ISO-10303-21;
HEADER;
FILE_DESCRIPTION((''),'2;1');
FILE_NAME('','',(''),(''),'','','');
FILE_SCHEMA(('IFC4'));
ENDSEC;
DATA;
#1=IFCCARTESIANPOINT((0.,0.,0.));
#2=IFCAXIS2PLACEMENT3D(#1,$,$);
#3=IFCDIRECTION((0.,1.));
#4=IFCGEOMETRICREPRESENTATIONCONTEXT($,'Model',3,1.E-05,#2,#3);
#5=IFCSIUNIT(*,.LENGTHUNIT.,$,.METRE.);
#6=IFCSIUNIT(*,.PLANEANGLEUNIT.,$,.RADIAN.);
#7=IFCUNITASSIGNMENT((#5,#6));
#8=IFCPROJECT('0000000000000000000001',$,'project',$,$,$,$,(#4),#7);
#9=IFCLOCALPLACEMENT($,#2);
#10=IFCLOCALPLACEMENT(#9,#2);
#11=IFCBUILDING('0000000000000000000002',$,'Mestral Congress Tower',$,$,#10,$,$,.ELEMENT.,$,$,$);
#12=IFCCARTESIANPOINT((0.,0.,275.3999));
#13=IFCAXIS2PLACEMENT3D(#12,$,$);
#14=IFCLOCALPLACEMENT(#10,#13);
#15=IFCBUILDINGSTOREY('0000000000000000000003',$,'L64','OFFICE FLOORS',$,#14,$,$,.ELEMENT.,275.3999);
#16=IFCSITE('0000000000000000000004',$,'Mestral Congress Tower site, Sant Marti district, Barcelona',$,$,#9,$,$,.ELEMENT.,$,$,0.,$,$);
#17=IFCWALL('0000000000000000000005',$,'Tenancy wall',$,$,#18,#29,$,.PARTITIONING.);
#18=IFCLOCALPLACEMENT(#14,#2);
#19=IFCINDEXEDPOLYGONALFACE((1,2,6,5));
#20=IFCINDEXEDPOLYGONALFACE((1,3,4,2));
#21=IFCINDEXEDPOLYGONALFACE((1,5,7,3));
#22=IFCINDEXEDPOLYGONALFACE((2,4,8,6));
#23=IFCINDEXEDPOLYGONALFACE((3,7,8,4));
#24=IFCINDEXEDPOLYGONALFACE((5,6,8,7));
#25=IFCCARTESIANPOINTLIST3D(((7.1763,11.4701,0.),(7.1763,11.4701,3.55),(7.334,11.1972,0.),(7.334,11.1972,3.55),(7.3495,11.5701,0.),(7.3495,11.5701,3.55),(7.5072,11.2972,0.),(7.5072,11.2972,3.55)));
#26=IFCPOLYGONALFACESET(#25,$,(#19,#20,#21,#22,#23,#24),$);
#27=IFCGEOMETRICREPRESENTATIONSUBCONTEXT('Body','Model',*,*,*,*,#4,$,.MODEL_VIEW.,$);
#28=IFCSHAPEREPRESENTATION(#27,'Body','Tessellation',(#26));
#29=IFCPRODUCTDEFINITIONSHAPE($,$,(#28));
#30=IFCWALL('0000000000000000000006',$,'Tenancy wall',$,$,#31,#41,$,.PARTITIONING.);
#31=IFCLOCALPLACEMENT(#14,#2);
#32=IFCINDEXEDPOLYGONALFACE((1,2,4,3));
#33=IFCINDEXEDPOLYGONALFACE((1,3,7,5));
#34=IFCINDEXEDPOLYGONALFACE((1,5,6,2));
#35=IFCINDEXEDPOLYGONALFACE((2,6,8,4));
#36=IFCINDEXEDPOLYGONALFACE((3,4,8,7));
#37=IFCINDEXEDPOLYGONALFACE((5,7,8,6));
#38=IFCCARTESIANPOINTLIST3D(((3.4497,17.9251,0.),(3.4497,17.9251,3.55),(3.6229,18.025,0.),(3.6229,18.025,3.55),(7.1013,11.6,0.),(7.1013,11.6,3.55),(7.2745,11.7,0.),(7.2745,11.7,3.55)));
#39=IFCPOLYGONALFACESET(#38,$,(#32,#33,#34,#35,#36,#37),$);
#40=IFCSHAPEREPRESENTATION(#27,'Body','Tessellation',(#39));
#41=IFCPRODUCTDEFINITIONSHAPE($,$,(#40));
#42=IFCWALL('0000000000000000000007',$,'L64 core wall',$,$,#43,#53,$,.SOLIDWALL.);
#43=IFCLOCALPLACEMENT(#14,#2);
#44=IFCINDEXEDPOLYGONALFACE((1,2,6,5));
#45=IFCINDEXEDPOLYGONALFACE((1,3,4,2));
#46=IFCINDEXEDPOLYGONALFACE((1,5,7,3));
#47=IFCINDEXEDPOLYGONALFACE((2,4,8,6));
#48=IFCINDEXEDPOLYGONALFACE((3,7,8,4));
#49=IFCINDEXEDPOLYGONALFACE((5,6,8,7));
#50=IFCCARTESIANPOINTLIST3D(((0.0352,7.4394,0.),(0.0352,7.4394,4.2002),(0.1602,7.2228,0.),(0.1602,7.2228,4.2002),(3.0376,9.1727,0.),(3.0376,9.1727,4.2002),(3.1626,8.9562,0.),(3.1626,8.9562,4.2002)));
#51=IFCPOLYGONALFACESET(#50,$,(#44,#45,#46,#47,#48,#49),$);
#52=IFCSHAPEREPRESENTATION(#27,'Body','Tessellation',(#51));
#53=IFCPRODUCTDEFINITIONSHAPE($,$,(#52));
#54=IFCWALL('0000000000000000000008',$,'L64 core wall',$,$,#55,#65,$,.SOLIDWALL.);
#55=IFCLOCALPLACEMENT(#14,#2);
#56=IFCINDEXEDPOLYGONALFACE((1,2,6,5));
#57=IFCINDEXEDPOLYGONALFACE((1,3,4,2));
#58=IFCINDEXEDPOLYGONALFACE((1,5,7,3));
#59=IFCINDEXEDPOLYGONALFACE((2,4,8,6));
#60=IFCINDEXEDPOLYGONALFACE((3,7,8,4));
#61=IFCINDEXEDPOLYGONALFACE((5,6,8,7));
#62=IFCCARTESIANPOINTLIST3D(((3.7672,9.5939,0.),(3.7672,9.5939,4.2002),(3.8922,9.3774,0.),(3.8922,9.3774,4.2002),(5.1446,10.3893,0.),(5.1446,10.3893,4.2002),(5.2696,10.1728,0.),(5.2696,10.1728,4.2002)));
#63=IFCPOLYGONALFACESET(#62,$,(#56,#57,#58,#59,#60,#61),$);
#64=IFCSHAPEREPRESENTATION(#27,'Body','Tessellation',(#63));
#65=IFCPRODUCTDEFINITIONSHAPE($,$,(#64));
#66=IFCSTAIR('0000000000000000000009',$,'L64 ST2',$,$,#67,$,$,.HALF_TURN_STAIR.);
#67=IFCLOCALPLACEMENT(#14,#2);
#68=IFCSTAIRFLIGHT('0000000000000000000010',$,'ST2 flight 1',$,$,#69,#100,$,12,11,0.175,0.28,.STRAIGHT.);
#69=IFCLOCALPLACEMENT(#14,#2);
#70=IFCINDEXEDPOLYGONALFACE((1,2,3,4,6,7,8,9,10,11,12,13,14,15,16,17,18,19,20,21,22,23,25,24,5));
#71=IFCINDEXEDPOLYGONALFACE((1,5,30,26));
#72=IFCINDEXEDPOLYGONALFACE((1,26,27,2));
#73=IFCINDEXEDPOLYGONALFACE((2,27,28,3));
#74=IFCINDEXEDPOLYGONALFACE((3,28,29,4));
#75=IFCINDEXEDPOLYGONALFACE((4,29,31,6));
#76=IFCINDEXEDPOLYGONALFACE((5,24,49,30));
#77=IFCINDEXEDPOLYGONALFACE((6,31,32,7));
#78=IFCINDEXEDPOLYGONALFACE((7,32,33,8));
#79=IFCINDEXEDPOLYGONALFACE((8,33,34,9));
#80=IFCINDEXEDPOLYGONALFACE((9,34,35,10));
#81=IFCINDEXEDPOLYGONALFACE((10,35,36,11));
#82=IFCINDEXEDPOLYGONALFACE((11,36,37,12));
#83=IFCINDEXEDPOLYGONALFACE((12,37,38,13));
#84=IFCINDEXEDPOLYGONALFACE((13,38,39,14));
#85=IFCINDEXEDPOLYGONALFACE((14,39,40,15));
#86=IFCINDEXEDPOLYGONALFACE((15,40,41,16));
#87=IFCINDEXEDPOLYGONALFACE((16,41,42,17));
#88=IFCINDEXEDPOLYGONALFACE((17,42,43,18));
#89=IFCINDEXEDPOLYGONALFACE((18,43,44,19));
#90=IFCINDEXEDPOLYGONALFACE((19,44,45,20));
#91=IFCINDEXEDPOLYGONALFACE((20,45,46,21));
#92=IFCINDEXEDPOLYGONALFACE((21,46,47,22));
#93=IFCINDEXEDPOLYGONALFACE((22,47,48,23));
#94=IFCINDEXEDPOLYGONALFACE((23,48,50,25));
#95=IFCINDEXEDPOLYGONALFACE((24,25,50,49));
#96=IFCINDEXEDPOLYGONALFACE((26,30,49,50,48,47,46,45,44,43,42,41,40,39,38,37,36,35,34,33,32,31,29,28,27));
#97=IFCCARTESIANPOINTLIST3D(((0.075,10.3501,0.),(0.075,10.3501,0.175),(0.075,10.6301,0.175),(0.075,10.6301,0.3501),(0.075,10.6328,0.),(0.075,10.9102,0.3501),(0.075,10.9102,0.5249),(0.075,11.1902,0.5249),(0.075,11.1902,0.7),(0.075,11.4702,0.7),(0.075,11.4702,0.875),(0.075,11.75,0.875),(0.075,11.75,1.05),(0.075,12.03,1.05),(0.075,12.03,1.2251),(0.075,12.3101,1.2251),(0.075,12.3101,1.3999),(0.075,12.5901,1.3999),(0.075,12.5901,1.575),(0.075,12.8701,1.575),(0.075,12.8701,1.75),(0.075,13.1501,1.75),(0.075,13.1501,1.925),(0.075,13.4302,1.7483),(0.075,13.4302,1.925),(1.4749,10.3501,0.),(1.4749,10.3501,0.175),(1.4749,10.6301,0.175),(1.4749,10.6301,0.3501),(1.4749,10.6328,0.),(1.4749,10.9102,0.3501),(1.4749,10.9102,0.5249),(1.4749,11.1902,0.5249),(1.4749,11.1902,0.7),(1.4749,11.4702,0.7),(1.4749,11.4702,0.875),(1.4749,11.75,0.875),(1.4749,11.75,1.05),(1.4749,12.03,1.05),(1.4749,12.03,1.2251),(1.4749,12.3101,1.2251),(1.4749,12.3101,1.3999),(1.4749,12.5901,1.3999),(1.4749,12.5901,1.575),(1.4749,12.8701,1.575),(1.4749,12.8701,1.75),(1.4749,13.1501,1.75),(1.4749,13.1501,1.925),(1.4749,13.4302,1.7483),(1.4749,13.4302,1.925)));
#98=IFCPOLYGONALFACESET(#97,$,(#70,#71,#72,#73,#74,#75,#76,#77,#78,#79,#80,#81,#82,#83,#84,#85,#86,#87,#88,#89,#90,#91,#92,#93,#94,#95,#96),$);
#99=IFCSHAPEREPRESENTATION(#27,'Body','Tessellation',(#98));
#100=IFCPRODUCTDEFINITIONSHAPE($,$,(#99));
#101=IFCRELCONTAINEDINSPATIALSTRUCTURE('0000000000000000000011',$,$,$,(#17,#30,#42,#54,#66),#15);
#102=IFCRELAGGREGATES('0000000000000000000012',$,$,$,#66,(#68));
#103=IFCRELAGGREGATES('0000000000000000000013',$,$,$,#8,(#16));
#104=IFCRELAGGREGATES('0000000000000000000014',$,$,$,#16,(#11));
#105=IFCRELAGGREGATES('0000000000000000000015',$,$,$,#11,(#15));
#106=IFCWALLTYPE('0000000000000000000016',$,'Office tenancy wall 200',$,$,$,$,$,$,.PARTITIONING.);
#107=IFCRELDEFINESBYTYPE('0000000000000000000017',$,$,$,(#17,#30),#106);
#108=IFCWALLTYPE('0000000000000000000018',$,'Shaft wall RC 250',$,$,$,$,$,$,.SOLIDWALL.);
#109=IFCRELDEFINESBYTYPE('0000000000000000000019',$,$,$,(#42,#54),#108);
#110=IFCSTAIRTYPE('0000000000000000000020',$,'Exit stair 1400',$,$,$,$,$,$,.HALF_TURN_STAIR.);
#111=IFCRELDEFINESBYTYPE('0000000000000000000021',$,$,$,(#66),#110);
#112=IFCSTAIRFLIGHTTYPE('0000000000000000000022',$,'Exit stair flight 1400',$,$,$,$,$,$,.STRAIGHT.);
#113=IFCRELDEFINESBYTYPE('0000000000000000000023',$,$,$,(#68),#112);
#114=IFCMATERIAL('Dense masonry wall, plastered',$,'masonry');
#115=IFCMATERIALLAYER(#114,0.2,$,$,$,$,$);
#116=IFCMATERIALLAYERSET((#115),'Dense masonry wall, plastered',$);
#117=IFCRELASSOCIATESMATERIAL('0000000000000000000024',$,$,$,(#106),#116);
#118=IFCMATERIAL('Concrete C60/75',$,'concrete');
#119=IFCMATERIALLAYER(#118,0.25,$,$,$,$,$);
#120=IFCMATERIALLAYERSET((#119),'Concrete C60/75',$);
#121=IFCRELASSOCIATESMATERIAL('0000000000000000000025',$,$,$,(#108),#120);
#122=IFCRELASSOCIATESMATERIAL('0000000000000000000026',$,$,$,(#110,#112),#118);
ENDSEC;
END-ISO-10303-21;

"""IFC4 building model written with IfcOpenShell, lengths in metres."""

from ifc_helpers import new_model, si_unit, direction, frame, frame_2d, origin, place, context, subcontext, project, spatial, polyline, rectangle, outline, extrude, material, layer, layer_set, type_object, element, aggregate, save


model = new_model("IFC4")

# Units and contexts
model_context = context("Model", 3, precision=1e-05, world=origin(), true_north=direction((0.0, 1.0)))
body_context = subcontext(model_context, "Body", "Model", "MODEL_VIEW")
ifc_project = project(units=[si_unit("LENGTHUNIT", "METRE"), si_unit("PLANEANGLEUNIT", "RADIAN")], contexts=[model_context])

# Site, building, storey
site_placement = place(None, origin())
site = spatial("IfcSite", under=ifc_project, at=site_placement, Name="Mestral Congress Tower site, Sant Marti district, Barcelona", CompositionType="ELEMENT", RefElevation=0.0)
building_placement = place(site_placement, origin())
building = spatial("IfcBuilding", under=site, at=building_placement, Name="Mestral Congress Tower", CompositionType="ELEMENT")
storey_placement = place(building_placement, frame((0.0, 0.0, 275.3999)))
storey = spatial("IfcBuildingStorey", under=building, at=storey_placement, Name="L64", Description="OFFICE FLOORS", CompositionType="ELEMENT", Elevation=275.3999)

# Shared definitions
ifc_material_1 = material(Name="Concrete C60/75", Category="concrete")

# Walls
ifc_material_2 = material(Name="Dense masonry wall, plastered", Category="masonry")
ifc_layer_1 = layer(ifc_material_2, 0.2)
ifc_layer_set_1 = layer_set([ifc_layer_1], Name="Dense masonry wall, plastered")
wall_type_1 = type_object("IfcWallType", Name="Office tenancy wall 200", PredefinedType="PARTITIONING", material=ifc_layer_set_1)
wall_1_placement = place(storey_placement, frame((7.4207, 11.2471, 0.0), z_axis=(0.0, 0.0, 1.0), x_axis=(-0.500303, 0.86585, 0.0)))
element("IfcWall", 1, at=wall_1_placement, inside=storey, type_object=wall_type_1, Name="Tenancy wall", PredefinedType="PARTITIONING", context=body_context, shape_type="SweptSolid", body=[
    extrude(rectangle(XDim=0.3152, YDim=0.2, at=frame_2d((0.1577, 0.0))), origin(), (0.0, 0.0, 1.0), 3.55),
])
wall_2_placement = place(storey_placement, frame((7.188, 11.6499, 0.0), z_axis=(0.0, 0.0, 1.0), x_axis=(-0.49999, 0.866031, 0.0)))
element("IfcWall", 2, at=wall_2_placement, inside=storey, type_object=wall_type_1, Name="Tenancy wall", PredefinedType="PARTITIONING", context=body_context, shape_type="SweptSolid", body=[
    extrude(rectangle(XDim=7.3035, YDim=0.2, at=frame_2d((3.6519, 0.0))), origin(), (0.0, 0.0, 1.0), 3.55),
])
ifc_layer_2 = layer(ifc_material_1, 0.25)
ifc_layer_set_2 = layer_set([ifc_layer_2], Name="Concrete C60/75")
wall_type_2 = type_object("IfcWallType", Name="Shaft wall RC 250", PredefinedType="SOLIDWALL", material=ifc_layer_set_2)
wall_3_placement = place(storey_placement, frame((3.1001, 9.0645, 0.0), z_axis=(0.0, 0.0, 1.0), x_axis=(-0.866033, -0.499987, 0.0)))
element("IfcWall", 3, at=wall_3_placement, inside=storey, type_object=wall_type_2, Name="L64 core wall", PredefinedType="SOLIDWALL", context=body_context, shape_type="SweptSolid", body=[
    extrude(rectangle(XDim=3.4668, YDim=0.25, at=frame_2d((1.7334, 0.0))), origin(), (0.0, 0.0, 1.0), 4.2002),
])
wall_4_placement = place(storey_placement, frame((3.8296, 9.4856, 0.0), z_axis=(0.0, 0.0, 1.0), x_axis=(0.865986, 0.500068, 0.0)))
element("IfcWall", 4, at=wall_4_placement, inside=storey, type_object=wall_type_2, Name="L64 core wall", PredefinedType="SOLIDWALL", context=body_context, shape_type="SweptSolid", body=[
    extrude(rectangle(XDim=1.5906, YDim=0.25, at=frame_2d((0.7954, 0.0))), origin(), (0.0, 0.0, 1.0), 4.2002),
])

# Stair, stair flight
stair_type = type_object("IfcStairType", Name="Exit stair 1400", PredefinedType="HALF_TURN_STAIR", material=ifc_material_1)
stair_placement = place(storey_placement, origin())
stair = element("IfcStair", 5, at=stair_placement, inside=storey, type_object=stair_type, Name="L64 ST2", PredefinedType="HALF_TURN_STAIR")
stair_flight_type = type_object("IfcStairFlightType", Name="Exit stair flight 1400", PredefinedType="STRAIGHT", material=ifc_material_1)
stair_flight_placement = place(storey_placement, frame((0.7749, 10.3501, 0.0), z_axis=(0.0, 0.0, 1.0), x_axis=(0.0, 1.0, 0.0)))
stair_flight = element("IfcStairFlight", 6, at=stair_flight_placement, type_object=stair_flight_type, Name="ST2 flight 1", NumberOfRisers=12, NumberOfTreads=11, PredefinedType="STRAIGHT", RiserHeight=0.175, TreadLength=0.28, context=body_context, shape_type="SweptSolid", body=[
    extrude(outline(polyline([(0.0, 0.0), (0.0, 0.175), (0.28, 0.175), (0.28, 0.3501), (0.5601, 0.3501), (0.5601, 0.5249), (0.8401, 0.5249), (0.8401, 0.7), (1.1201, 0.7), (1.1201, 0.875), (1.3999, 0.875), (1.3999, 1.05), (1.6799, 1.05), (1.6799, 1.2251), (1.96, 1.2251), (1.96, 1.3999), (2.24, 1.3999), (2.24, 1.575), (2.52, 1.575), (2.52, 1.75), (2.8, 1.75), (2.8, 1.925), (3.0801, 1.925), (3.0801, 2.1001), (3.0801, 1.7483), (0.2827, 0.0), (0.0, 0.0)])), frame((0.0, 0.7, 0.0), z_axis=(0.0, -1.0, 0.0), x_axis=(1.0, 0.0, 0.0)), (0.0, 0.0, 1.0), 1.3999),
])
aggregate(stair, [stair_flight])

save(model, "model.ifc")
